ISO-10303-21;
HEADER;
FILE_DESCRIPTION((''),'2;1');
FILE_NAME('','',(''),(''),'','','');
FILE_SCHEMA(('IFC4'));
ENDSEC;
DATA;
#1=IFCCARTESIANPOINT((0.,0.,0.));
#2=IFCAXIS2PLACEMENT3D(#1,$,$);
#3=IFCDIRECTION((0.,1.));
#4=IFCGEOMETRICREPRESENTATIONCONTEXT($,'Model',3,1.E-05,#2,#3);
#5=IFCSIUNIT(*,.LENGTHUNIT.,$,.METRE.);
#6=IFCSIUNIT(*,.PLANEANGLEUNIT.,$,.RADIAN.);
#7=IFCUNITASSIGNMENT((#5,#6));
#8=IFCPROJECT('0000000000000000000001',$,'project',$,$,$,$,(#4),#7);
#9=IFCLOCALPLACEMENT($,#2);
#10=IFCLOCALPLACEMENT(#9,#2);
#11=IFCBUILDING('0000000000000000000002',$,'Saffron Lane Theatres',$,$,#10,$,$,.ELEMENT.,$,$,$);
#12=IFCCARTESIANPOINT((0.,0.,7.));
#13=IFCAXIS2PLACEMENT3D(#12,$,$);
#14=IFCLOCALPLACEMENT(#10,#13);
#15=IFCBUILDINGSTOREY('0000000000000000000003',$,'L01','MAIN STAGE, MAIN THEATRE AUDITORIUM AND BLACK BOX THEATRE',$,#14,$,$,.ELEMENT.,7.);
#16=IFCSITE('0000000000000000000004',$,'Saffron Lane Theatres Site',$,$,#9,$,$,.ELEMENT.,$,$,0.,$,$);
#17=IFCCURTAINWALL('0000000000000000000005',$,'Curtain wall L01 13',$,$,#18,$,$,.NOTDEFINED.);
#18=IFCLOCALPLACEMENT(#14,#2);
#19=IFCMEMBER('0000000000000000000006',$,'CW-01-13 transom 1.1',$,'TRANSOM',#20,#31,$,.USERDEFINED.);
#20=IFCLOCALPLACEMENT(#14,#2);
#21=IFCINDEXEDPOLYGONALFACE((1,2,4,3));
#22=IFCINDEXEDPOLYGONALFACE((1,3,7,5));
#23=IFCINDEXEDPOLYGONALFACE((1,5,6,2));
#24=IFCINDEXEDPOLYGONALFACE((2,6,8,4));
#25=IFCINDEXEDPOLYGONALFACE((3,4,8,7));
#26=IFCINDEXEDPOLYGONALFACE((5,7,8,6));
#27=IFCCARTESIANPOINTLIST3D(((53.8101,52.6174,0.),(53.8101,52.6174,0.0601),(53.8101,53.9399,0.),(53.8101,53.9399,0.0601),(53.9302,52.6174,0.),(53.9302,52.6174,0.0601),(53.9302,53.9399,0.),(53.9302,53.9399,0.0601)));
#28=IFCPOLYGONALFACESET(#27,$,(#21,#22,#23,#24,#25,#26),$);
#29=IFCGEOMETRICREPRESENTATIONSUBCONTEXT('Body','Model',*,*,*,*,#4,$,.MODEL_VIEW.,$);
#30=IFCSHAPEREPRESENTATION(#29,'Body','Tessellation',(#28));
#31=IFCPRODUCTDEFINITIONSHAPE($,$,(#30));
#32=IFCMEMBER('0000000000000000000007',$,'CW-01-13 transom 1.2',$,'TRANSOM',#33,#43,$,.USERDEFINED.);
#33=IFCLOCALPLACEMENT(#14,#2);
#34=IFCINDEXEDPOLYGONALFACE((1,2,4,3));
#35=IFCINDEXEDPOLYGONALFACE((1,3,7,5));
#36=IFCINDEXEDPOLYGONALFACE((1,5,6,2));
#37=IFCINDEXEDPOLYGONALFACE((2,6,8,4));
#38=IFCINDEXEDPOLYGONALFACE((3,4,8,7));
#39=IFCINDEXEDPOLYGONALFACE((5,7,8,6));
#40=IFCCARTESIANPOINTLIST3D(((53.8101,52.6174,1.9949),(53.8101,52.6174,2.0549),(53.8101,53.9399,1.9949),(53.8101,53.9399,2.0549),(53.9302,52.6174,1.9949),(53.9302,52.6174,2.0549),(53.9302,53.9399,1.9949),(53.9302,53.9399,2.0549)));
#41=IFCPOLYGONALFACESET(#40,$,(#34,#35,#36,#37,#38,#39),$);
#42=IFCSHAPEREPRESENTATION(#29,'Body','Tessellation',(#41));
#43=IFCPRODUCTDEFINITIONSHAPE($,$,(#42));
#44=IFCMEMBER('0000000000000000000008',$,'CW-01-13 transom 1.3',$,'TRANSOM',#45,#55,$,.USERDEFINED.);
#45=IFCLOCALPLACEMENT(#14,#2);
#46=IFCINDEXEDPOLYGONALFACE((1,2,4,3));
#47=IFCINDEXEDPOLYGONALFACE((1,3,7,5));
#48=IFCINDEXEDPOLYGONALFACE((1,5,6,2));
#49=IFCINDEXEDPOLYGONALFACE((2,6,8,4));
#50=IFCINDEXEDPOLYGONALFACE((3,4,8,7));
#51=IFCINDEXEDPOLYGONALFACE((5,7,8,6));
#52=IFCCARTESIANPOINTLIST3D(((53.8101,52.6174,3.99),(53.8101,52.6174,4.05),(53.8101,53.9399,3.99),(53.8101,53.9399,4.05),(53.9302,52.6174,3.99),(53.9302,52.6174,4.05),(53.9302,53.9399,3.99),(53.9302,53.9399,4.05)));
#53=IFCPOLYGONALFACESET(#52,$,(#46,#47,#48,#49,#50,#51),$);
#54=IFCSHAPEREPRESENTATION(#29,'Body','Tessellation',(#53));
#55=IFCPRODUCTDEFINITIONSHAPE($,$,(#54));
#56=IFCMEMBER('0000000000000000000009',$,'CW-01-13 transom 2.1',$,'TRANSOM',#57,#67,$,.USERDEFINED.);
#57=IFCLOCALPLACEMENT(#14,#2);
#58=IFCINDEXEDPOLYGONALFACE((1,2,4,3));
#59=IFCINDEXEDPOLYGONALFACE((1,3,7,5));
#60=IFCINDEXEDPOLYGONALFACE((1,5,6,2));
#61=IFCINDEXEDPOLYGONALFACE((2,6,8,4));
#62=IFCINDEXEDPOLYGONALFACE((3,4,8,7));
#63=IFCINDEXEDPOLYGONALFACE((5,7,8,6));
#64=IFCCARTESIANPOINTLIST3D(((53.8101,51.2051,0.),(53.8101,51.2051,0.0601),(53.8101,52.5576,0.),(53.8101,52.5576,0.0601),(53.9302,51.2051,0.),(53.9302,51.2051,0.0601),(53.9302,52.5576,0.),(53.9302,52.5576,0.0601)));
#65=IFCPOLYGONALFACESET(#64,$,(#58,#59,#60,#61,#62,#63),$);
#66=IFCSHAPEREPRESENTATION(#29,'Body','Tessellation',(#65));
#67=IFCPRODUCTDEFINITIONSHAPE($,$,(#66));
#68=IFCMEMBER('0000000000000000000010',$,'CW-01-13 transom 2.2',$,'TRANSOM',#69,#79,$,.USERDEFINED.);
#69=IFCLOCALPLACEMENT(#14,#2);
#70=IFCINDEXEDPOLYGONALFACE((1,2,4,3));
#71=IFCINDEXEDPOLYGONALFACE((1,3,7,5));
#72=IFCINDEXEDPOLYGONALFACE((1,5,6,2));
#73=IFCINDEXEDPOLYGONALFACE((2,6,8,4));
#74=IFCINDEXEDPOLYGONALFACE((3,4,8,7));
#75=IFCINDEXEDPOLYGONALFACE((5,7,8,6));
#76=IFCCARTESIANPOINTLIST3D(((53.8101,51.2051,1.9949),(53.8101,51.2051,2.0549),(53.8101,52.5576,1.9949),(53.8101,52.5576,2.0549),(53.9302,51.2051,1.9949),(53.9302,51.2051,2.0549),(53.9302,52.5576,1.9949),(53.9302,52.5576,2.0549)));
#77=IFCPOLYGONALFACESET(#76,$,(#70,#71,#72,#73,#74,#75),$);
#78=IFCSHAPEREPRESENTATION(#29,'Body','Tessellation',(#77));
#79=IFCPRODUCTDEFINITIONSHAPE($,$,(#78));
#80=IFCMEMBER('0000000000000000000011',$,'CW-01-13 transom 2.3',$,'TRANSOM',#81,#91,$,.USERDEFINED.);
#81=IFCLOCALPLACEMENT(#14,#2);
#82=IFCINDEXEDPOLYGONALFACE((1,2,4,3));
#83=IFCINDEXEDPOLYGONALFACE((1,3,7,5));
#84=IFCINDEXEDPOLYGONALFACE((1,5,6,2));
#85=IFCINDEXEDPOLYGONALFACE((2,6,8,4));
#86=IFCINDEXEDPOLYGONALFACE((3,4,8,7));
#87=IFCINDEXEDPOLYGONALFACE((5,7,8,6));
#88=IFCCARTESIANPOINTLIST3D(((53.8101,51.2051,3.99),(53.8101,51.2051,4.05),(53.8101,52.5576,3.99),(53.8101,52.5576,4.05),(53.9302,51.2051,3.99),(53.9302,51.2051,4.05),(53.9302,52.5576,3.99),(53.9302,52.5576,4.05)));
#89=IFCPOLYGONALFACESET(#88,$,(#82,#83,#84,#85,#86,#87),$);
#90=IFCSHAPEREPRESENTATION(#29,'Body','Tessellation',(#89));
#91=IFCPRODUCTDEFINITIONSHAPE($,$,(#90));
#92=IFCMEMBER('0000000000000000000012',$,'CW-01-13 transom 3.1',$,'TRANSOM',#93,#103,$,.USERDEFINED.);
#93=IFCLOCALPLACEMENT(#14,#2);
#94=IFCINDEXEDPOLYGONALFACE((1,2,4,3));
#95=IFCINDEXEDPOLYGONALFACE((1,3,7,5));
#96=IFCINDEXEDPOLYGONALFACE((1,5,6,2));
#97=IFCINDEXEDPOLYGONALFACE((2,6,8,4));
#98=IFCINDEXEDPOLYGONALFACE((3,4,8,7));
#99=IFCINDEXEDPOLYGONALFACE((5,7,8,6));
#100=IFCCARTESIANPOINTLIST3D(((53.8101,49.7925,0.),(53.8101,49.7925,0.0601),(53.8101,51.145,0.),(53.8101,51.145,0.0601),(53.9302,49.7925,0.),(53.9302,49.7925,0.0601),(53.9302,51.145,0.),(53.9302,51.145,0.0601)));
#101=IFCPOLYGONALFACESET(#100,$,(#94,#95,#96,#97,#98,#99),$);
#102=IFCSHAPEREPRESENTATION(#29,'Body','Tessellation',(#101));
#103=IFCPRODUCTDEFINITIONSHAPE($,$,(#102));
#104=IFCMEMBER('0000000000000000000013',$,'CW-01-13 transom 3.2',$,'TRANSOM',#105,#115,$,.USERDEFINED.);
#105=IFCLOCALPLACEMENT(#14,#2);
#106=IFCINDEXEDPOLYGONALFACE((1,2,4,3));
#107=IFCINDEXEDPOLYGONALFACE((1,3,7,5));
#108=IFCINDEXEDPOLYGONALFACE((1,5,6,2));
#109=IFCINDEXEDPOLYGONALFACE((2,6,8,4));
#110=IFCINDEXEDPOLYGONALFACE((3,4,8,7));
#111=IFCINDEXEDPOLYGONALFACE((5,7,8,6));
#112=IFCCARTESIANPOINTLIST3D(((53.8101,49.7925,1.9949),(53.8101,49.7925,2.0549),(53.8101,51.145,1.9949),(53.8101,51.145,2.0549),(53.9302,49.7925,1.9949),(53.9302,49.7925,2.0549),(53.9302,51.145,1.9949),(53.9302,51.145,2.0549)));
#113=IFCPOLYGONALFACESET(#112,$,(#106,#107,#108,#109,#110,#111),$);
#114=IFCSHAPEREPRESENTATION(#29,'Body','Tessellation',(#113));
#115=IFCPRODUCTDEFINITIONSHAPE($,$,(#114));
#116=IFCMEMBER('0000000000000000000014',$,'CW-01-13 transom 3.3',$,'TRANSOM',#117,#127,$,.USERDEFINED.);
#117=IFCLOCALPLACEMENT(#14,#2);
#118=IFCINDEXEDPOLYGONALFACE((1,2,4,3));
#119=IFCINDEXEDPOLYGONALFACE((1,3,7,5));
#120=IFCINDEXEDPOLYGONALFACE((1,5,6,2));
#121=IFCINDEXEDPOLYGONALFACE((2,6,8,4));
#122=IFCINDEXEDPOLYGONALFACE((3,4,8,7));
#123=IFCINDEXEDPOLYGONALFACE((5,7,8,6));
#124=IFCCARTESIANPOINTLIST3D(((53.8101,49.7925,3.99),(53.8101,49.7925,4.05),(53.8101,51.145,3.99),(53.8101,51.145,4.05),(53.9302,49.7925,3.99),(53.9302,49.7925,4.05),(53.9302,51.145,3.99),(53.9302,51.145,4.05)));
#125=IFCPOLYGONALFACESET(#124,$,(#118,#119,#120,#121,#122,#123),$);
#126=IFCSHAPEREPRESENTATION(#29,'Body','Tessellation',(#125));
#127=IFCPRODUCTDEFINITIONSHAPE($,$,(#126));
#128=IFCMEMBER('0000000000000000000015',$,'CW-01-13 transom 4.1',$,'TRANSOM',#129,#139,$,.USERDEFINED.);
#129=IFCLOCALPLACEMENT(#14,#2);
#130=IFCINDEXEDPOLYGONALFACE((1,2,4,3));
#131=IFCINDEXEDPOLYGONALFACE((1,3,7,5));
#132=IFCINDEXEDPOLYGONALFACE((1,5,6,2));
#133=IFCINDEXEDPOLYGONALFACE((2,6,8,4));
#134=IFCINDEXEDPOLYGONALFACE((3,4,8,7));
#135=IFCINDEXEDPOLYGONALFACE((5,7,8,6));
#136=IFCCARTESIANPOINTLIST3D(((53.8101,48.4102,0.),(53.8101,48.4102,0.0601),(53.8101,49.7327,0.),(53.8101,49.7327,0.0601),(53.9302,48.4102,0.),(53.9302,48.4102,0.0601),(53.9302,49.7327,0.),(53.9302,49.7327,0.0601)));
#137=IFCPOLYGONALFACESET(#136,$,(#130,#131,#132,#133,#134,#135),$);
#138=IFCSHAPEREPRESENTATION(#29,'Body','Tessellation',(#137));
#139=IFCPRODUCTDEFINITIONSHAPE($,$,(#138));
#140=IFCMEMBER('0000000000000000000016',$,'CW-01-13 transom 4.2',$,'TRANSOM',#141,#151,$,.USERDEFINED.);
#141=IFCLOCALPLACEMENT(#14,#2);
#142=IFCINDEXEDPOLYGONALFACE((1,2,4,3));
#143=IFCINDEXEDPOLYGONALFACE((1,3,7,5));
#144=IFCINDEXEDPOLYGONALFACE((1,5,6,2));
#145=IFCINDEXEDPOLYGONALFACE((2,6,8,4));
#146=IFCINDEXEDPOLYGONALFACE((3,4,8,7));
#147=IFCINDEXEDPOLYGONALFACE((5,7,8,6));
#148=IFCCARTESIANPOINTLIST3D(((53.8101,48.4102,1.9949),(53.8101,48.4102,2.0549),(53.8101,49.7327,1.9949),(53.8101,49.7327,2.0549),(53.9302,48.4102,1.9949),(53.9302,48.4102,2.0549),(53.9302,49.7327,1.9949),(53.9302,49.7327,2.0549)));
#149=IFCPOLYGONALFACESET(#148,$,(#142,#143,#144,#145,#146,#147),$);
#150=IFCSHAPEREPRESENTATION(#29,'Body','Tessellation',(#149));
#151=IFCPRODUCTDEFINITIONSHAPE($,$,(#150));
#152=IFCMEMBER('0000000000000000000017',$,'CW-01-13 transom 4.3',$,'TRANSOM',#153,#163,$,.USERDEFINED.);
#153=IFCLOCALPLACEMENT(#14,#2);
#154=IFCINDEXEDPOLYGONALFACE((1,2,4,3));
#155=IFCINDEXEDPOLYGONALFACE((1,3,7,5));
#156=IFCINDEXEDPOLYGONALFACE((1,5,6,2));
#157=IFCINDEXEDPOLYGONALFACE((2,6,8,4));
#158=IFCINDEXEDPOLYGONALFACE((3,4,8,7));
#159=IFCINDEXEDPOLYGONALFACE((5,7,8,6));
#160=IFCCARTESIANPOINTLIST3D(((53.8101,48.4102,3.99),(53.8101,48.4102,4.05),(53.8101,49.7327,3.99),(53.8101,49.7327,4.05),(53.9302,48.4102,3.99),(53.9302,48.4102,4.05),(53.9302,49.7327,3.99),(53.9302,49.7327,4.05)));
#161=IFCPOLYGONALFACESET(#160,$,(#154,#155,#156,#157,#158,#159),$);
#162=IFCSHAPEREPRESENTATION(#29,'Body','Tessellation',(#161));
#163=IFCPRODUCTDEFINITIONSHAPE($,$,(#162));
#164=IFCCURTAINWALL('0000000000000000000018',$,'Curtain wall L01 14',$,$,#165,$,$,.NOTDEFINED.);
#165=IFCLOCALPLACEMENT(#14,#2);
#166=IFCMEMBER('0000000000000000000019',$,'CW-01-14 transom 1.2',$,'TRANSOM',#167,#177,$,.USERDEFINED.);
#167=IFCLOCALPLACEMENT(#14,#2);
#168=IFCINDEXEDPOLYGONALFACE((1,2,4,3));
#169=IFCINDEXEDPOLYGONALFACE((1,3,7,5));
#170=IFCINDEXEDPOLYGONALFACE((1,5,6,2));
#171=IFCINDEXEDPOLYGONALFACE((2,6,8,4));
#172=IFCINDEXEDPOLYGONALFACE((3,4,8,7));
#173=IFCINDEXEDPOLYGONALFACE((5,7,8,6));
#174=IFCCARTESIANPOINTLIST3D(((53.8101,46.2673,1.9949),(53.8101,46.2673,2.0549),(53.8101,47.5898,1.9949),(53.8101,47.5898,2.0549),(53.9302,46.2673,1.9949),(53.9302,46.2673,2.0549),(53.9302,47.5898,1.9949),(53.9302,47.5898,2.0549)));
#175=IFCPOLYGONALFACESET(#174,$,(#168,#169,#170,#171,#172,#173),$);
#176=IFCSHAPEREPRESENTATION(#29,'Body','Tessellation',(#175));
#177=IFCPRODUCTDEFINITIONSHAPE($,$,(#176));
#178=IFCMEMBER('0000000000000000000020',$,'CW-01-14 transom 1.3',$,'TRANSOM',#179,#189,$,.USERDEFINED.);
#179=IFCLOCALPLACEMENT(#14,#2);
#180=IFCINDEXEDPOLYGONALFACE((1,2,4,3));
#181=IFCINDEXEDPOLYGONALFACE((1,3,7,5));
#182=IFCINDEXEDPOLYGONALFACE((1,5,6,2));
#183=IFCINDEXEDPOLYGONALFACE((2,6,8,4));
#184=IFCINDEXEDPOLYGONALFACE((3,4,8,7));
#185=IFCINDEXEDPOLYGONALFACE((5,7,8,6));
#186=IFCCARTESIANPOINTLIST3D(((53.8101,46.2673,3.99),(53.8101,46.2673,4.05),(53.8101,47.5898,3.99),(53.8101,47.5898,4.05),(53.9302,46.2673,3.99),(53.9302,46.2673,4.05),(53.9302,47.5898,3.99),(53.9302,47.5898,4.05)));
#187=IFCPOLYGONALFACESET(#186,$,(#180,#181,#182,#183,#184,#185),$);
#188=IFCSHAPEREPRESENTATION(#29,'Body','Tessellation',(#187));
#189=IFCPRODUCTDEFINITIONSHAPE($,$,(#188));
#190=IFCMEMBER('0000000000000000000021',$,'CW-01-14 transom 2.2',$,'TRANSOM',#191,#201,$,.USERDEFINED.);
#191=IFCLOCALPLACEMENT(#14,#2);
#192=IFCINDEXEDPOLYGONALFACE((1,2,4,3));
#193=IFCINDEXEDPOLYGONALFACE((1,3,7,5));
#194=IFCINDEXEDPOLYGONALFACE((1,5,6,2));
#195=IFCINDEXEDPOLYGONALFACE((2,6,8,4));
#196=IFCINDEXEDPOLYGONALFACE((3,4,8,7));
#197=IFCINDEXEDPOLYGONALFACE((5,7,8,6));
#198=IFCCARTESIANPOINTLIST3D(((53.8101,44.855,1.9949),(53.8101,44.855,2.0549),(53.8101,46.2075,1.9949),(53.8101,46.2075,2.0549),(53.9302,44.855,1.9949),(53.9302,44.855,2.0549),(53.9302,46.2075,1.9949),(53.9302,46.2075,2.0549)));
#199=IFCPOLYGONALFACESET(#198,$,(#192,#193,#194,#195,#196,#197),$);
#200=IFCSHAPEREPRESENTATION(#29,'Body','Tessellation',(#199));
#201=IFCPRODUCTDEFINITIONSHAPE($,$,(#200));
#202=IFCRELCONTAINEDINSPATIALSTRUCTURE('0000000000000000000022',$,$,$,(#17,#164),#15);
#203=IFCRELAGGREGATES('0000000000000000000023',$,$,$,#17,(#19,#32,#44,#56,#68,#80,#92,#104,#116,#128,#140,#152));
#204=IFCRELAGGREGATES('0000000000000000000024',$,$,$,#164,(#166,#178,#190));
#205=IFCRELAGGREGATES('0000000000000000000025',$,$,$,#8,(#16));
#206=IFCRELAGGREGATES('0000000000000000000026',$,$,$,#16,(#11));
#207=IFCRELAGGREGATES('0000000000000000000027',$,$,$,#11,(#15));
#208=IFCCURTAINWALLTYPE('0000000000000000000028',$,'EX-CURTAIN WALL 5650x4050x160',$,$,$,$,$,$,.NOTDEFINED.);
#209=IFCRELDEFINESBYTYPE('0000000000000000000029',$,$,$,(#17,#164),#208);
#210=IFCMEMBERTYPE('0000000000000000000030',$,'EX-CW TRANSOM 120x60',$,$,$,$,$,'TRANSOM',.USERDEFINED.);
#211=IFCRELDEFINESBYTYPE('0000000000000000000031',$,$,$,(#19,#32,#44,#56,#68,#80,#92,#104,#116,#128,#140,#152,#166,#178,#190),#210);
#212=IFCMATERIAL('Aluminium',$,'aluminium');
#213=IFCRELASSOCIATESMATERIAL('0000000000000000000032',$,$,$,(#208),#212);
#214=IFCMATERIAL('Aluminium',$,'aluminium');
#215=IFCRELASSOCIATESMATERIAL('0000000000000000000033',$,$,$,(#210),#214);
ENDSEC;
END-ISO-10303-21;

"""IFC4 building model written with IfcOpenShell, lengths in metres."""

from ifc_helpers import new_model, si_unit, direction, frame, origin, origin_2d, place, context, subcontext, project, spatial, rectangle, extrude, material, material_profile, profile_set, type_object, element, aggregate, save


model = new_model("IFC4")

# Units and contexts
model_context = context("Model", 3, precision=1e-05, world=origin(), true_north=direction((0.0, 1.0)))
body_context = subcontext(model_context, "Body", "Model", "MODEL_VIEW")
ifc_project = project(units=[si_unit("LENGTHUNIT", "METRE"), si_unit("PLANEANGLEUNIT", "RADIAN")], contexts=[model_context])

# Site, building, storey
site_placement = place(None, origin())
site = spatial("IfcSite", under=ifc_project, at=site_placement, Name="Saffron Lane Theatres Site", CompositionType="ELEMENT", RefElevation=0.0)
building_placement = place(site_placement, origin())
building = spatial("IfcBuilding", under=site, at=building_placement, Name="Saffron Lane Theatres", CompositionType="ELEMENT")
storey_placement = place(building_placement, frame((0.0, 0.0, 7.0)))
storey = spatial("IfcBuildingStorey", under=building, at=storey_placement, Name="L01", Description="MAIN STAGE, MAIN THEATRE AUDITORIUM AND BLACK BOX THEATRE", CompositionType="ELEMENT", Elevation=7.0)

# Curtain walls, members
ifc_material_1 = material(Name="Aluminium", Category="aluminium")
curtain_wall_type = type_object("IfcCurtainWallType", Name="EX-CURTAIN WALL 5650x4050x160", PredefinedType="NOTDEFINED", material=ifc_material_1)
curtain_wall_1_placement = place(storey_placement, origin())
curtain_wall_1 = element("IfcCurtainWall", 1, at=curtain_wall_1_placement, inside=storey, type_object=curtain_wall_type, Name="Curtain wall L01 13", PredefinedType="NOTDEFINED")
ifc_material_2 = material(Name="Aluminium", Category="aluminium")
ifc_material_profile_1 = material_profile(ifc_material_2, rectangle(XDim=0.1201, YDim=0.0601, at=origin_2d()))
ifc_profile_set_1 = profile_set([ifc_material_profile_1], Name="Aluminium")
member_type = type_object("IfcMemberType", Name="EX-CW TRANSOM 120x60", ElementType="TRANSOM", PredefinedType="USERDEFINED", material=ifc_profile_set_1)
member_1_placement = place(storey_placement, frame((53.8701, 53.9399, 0.03), z_axis=(0.0, -1.0, 0.0), x_axis=(1.0, 0.0, 0.0)))
member_1 = element("IfcMember", 2, at=member_1_placement, type_object=member_type, Name="CW-01-13 transom 1.1", ObjectType="TRANSOM", PredefinedType="USERDEFINED", context=body_context, shape_type="SweptSolid", body=[
    extrude(rectangle(XDim=0.1201, YDim=0.0601, at=origin_2d()), origin(), (0.0, 0.0, 1.0), 1.3225),
])
member_2_placement = place(storey_placement, frame((53.8701, 53.9399, 2.0249), z_axis=(0.0, -1.0, 0.0), x_axis=(1.0, 0.0, 0.0)))
member_2 = element("IfcMember", 3, at=member_2_placement, type_object=member_type, Name="CW-01-13 transom 1.2", ObjectType="TRANSOM", PredefinedType="USERDEFINED", context=body_context, shape_type="SweptSolid", body=[
    extrude(rectangle(XDim=0.1201, YDim=0.0601, at=origin_2d()), origin(), (0.0, 0.0, 1.0), 1.3225),
])
member_3_placement = place(storey_placement, frame((53.8701, 53.9399, 4.02), z_axis=(0.0, -1.0, 0.0), x_axis=(1.0, 0.0, 0.0)))
member_3 = element("IfcMember", 4, at=member_3_placement, type_object=member_type, Name="CW-01-13 transom 1.3", ObjectType="TRANSOM", PredefinedType="USERDEFINED", context=body_context, shape_type="SweptSolid", body=[
    extrude(rectangle(XDim=0.1201, YDim=0.0601, at=origin_2d()), origin(), (0.0, 0.0, 1.0), 1.3225),
])
member_4_placement = place(storey_placement, frame((53.8701, 52.5576, 0.03), z_axis=(0.0, -1.0, 0.0), x_axis=(1.0, 0.0, 0.0)))
member_4 = element("IfcMember", 5, at=member_4_placement, type_object=member_type, Name="CW-01-13 transom 2.1", ObjectType="TRANSOM", PredefinedType="USERDEFINED", context=body_context, shape_type="SweptSolid", body=[
    extrude(rectangle(XDim=0.1201, YDim=0.0601, at=origin_2d()), origin(), (0.0, 0.0, 1.0), 1.3525),
])
member_5_placement = place(storey_placement, frame((53.8701, 52.5576, 2.0249), z_axis=(0.0, -1.0, 0.0), x_axis=(1.0, 0.0, 0.0)))
member_5 = element("IfcMember", 6, at=member_5_placement, type_object=member_type, Name="CW-01-13 transom 2.2", ObjectType="TRANSOM", PredefinedType="USERDEFINED", context=body_context, shape_type="SweptSolid", body=[
    extrude(rectangle(XDim=0.1201, YDim=0.0601, at=origin_2d()), origin(), (0.0, 0.0, 1.0), 1.3525),
])
member_6_placement = place(storey_placement, frame((53.8701, 52.5576, 4.02), z_axis=(0.0, -1.0, 0.0), x_axis=(1.0, 0.0, 0.0)))
member_6 = element("IfcMember", 7, at=member_6_placement, type_object=member_type, Name="CW-01-13 transom 2.3", ObjectType="TRANSOM", PredefinedType="USERDEFINED", context=body_context, shape_type="SweptSolid", body=[
    extrude(rectangle(XDim=0.1201, YDim=0.0601, at=origin_2d()), origin(), (0.0, 0.0, 1.0), 1.3525),
])
member_7_placement = place(storey_placement, frame((53.8701, 51.145, 0.03), z_axis=(0.0, -1.0, 0.0), x_axis=(1.0, 0.0, 0.0)))
member_7 = element("IfcMember", 8, at=member_7_placement, type_object=member_type, Name="CW-01-13 transom 3.1", ObjectType="TRANSOM", PredefinedType="USERDEFINED", context=body_context, shape_type="SweptSolid", body=[
    extrude(rectangle(XDim=0.1201, YDim=0.0601, at=origin_2d()), origin(), (0.0, 0.0, 1.0), 1.3525),
])
member_8_placement = place(storey_placement, frame((53.8701, 51.145, 2.0249), z_axis=(0.0, -1.0, 0.0), x_axis=(1.0, 0.0, 0.0)))
member_8 = element("IfcMember", 9, at=member_8_placement, type_object=member_type, Name="CW-01-13 transom 3.2", ObjectType="TRANSOM", PredefinedType="USERDEFINED", context=body_context, shape_type="SweptSolid", body=[
    extrude(rectangle(XDim=0.1201, YDim=0.0601, at=origin_2d()), origin(), (0.0, 0.0, 1.0), 1.3525),
])
member_9_placement = place(storey_placement, frame((53.8701, 51.145, 4.02), z_axis=(0.0, -1.0, 0.0), x_axis=(1.0, 0.0, 0.0)))
member_9 = element("IfcMember", 10, at=member_9_placement, type_object=member_type, Name="CW-01-13 transom 3.3", ObjectType="TRANSOM", PredefinedType="USERDEFINED", context=body_context, shape_type="SweptSolid", body=[
    extrude(rectangle(XDim=0.1201, YDim=0.0601, at=origin_2d()), origin(), (0.0, 0.0, 1.0), 1.3525),
])
member_10_placement = place(storey_placement, frame((53.8701, 49.7327, 0.03), z_axis=(0.0, -1.0, 0.0), x_axis=(1.0, 0.0, 0.0)))
member_10 = element("IfcMember", 11, at=member_10_placement, type_object=member_type, Name="CW-01-13 transom 4.1", ObjectType="TRANSOM", PredefinedType="USERDEFINED", context=body_context, shape_type="SweptSolid", body=[
    extrude(rectangle(XDim=0.1201, YDim=0.0601, at=origin_2d()), origin(), (0.0, 0.0, 1.0), 1.3225),
])
member_11_placement = place(storey_placement, frame((53.8701, 49.7327, 2.0249), z_axis=(0.0, -1.0, 0.0), x_axis=(1.0, 0.0, 0.0)))
member_11 = element("IfcMember", 12, at=member_11_placement, type_object=member_type, Name="CW-01-13 transom 4.2", ObjectType="TRANSOM", PredefinedType="USERDEFINED", context=body_context, shape_type="SweptSolid", body=[
    extrude(rectangle(XDim=0.1201, YDim=0.0601, at=origin_2d()), origin(), (0.0, 0.0, 1.0), 1.3225),
])
member_12_placement = place(storey_placement, frame((53.8701, 49.7327, 4.02), z_axis=(0.0, -1.0, 0.0), x_axis=(1.0, 0.0, 0.0)))
member_12 = element("IfcMember", 13, at=member_12_placement, type_object=member_type, Name="CW-01-13 transom 4.3", ObjectType="TRANSOM", PredefinedType="USERDEFINED", context=body_context, shape_type="SweptSolid", body=[
    extrude(rectangle(XDim=0.1201, YDim=0.0601, at=origin_2d()), origin(), (0.0, 0.0, 1.0), 1.3225),
])
curtain_wall_2_placement = place(storey_placement, origin())
curtain_wall_2 = element("IfcCurtainWall", 14, at=curtain_wall_2_placement, inside=storey, type_object=curtain_wall_type, Name="Curtain wall L01 14", PredefinedType="NOTDEFINED")
member_13_placement = place(storey_placement, frame((53.8701, 47.5898, 2.0249), z_axis=(0.0, -1.0, 0.0), x_axis=(1.0, 0.0, 0.0)))
member_13 = element("IfcMember", 15, at=member_13_placement, type_object=member_type, Name="CW-01-14 transom 1.2", ObjectType="TRANSOM", PredefinedType="USERDEFINED", context=body_context, shape_type="SweptSolid", body=[
    extrude(rectangle(XDim=0.1201, YDim=0.0601, at=origin_2d()), origin(), (0.0, 0.0, 1.0), 1.3225),
])
member_14_placement = place(storey_placement, frame((53.8701, 47.5898, 4.02), z_axis=(0.0, -1.0, 0.0), x_axis=(1.0, 0.0, 0.0)))
member_14 = element("IfcMember", 16, at=member_14_placement, type_object=member_type, Name="CW-01-14 transom 1.3", ObjectType="TRANSOM", PredefinedType="USERDEFINED", context=body_context, shape_type="SweptSolid", body=[
    extrude(rectangle(XDim=0.1201, YDim=0.0601, at=origin_2d()), origin(), (0.0, 0.0, 1.0), 1.3225),
])
member_15_placement = place(storey_placement, frame((53.8701, 46.2075, 2.0249), z_axis=(0.0, -1.0, 0.0), x_axis=(1.0, 0.0, 0.0)))
member_15 = element("IfcMember", 17, at=member_15_placement, type_object=member_type, Name="CW-01-14 transom 2.2", ObjectType="TRANSOM", PredefinedType="USERDEFINED", context=body_context, shape_type="SweptSolid", body=[
    extrude(rectangle(XDim=0.1201, YDim=0.0601, at=origin_2d()), origin(), (0.0, 0.0, 1.0), 1.3525),
])

aggregate(curtain_wall_1, [member_1, member_2, member_3, member_4, member_5, member_6, member_7, member_8, member_9, member_10, member_11, member_12])
aggregate(curtain_wall_2, [member_13, member_14, member_15])

save(model, "model.ifc")
